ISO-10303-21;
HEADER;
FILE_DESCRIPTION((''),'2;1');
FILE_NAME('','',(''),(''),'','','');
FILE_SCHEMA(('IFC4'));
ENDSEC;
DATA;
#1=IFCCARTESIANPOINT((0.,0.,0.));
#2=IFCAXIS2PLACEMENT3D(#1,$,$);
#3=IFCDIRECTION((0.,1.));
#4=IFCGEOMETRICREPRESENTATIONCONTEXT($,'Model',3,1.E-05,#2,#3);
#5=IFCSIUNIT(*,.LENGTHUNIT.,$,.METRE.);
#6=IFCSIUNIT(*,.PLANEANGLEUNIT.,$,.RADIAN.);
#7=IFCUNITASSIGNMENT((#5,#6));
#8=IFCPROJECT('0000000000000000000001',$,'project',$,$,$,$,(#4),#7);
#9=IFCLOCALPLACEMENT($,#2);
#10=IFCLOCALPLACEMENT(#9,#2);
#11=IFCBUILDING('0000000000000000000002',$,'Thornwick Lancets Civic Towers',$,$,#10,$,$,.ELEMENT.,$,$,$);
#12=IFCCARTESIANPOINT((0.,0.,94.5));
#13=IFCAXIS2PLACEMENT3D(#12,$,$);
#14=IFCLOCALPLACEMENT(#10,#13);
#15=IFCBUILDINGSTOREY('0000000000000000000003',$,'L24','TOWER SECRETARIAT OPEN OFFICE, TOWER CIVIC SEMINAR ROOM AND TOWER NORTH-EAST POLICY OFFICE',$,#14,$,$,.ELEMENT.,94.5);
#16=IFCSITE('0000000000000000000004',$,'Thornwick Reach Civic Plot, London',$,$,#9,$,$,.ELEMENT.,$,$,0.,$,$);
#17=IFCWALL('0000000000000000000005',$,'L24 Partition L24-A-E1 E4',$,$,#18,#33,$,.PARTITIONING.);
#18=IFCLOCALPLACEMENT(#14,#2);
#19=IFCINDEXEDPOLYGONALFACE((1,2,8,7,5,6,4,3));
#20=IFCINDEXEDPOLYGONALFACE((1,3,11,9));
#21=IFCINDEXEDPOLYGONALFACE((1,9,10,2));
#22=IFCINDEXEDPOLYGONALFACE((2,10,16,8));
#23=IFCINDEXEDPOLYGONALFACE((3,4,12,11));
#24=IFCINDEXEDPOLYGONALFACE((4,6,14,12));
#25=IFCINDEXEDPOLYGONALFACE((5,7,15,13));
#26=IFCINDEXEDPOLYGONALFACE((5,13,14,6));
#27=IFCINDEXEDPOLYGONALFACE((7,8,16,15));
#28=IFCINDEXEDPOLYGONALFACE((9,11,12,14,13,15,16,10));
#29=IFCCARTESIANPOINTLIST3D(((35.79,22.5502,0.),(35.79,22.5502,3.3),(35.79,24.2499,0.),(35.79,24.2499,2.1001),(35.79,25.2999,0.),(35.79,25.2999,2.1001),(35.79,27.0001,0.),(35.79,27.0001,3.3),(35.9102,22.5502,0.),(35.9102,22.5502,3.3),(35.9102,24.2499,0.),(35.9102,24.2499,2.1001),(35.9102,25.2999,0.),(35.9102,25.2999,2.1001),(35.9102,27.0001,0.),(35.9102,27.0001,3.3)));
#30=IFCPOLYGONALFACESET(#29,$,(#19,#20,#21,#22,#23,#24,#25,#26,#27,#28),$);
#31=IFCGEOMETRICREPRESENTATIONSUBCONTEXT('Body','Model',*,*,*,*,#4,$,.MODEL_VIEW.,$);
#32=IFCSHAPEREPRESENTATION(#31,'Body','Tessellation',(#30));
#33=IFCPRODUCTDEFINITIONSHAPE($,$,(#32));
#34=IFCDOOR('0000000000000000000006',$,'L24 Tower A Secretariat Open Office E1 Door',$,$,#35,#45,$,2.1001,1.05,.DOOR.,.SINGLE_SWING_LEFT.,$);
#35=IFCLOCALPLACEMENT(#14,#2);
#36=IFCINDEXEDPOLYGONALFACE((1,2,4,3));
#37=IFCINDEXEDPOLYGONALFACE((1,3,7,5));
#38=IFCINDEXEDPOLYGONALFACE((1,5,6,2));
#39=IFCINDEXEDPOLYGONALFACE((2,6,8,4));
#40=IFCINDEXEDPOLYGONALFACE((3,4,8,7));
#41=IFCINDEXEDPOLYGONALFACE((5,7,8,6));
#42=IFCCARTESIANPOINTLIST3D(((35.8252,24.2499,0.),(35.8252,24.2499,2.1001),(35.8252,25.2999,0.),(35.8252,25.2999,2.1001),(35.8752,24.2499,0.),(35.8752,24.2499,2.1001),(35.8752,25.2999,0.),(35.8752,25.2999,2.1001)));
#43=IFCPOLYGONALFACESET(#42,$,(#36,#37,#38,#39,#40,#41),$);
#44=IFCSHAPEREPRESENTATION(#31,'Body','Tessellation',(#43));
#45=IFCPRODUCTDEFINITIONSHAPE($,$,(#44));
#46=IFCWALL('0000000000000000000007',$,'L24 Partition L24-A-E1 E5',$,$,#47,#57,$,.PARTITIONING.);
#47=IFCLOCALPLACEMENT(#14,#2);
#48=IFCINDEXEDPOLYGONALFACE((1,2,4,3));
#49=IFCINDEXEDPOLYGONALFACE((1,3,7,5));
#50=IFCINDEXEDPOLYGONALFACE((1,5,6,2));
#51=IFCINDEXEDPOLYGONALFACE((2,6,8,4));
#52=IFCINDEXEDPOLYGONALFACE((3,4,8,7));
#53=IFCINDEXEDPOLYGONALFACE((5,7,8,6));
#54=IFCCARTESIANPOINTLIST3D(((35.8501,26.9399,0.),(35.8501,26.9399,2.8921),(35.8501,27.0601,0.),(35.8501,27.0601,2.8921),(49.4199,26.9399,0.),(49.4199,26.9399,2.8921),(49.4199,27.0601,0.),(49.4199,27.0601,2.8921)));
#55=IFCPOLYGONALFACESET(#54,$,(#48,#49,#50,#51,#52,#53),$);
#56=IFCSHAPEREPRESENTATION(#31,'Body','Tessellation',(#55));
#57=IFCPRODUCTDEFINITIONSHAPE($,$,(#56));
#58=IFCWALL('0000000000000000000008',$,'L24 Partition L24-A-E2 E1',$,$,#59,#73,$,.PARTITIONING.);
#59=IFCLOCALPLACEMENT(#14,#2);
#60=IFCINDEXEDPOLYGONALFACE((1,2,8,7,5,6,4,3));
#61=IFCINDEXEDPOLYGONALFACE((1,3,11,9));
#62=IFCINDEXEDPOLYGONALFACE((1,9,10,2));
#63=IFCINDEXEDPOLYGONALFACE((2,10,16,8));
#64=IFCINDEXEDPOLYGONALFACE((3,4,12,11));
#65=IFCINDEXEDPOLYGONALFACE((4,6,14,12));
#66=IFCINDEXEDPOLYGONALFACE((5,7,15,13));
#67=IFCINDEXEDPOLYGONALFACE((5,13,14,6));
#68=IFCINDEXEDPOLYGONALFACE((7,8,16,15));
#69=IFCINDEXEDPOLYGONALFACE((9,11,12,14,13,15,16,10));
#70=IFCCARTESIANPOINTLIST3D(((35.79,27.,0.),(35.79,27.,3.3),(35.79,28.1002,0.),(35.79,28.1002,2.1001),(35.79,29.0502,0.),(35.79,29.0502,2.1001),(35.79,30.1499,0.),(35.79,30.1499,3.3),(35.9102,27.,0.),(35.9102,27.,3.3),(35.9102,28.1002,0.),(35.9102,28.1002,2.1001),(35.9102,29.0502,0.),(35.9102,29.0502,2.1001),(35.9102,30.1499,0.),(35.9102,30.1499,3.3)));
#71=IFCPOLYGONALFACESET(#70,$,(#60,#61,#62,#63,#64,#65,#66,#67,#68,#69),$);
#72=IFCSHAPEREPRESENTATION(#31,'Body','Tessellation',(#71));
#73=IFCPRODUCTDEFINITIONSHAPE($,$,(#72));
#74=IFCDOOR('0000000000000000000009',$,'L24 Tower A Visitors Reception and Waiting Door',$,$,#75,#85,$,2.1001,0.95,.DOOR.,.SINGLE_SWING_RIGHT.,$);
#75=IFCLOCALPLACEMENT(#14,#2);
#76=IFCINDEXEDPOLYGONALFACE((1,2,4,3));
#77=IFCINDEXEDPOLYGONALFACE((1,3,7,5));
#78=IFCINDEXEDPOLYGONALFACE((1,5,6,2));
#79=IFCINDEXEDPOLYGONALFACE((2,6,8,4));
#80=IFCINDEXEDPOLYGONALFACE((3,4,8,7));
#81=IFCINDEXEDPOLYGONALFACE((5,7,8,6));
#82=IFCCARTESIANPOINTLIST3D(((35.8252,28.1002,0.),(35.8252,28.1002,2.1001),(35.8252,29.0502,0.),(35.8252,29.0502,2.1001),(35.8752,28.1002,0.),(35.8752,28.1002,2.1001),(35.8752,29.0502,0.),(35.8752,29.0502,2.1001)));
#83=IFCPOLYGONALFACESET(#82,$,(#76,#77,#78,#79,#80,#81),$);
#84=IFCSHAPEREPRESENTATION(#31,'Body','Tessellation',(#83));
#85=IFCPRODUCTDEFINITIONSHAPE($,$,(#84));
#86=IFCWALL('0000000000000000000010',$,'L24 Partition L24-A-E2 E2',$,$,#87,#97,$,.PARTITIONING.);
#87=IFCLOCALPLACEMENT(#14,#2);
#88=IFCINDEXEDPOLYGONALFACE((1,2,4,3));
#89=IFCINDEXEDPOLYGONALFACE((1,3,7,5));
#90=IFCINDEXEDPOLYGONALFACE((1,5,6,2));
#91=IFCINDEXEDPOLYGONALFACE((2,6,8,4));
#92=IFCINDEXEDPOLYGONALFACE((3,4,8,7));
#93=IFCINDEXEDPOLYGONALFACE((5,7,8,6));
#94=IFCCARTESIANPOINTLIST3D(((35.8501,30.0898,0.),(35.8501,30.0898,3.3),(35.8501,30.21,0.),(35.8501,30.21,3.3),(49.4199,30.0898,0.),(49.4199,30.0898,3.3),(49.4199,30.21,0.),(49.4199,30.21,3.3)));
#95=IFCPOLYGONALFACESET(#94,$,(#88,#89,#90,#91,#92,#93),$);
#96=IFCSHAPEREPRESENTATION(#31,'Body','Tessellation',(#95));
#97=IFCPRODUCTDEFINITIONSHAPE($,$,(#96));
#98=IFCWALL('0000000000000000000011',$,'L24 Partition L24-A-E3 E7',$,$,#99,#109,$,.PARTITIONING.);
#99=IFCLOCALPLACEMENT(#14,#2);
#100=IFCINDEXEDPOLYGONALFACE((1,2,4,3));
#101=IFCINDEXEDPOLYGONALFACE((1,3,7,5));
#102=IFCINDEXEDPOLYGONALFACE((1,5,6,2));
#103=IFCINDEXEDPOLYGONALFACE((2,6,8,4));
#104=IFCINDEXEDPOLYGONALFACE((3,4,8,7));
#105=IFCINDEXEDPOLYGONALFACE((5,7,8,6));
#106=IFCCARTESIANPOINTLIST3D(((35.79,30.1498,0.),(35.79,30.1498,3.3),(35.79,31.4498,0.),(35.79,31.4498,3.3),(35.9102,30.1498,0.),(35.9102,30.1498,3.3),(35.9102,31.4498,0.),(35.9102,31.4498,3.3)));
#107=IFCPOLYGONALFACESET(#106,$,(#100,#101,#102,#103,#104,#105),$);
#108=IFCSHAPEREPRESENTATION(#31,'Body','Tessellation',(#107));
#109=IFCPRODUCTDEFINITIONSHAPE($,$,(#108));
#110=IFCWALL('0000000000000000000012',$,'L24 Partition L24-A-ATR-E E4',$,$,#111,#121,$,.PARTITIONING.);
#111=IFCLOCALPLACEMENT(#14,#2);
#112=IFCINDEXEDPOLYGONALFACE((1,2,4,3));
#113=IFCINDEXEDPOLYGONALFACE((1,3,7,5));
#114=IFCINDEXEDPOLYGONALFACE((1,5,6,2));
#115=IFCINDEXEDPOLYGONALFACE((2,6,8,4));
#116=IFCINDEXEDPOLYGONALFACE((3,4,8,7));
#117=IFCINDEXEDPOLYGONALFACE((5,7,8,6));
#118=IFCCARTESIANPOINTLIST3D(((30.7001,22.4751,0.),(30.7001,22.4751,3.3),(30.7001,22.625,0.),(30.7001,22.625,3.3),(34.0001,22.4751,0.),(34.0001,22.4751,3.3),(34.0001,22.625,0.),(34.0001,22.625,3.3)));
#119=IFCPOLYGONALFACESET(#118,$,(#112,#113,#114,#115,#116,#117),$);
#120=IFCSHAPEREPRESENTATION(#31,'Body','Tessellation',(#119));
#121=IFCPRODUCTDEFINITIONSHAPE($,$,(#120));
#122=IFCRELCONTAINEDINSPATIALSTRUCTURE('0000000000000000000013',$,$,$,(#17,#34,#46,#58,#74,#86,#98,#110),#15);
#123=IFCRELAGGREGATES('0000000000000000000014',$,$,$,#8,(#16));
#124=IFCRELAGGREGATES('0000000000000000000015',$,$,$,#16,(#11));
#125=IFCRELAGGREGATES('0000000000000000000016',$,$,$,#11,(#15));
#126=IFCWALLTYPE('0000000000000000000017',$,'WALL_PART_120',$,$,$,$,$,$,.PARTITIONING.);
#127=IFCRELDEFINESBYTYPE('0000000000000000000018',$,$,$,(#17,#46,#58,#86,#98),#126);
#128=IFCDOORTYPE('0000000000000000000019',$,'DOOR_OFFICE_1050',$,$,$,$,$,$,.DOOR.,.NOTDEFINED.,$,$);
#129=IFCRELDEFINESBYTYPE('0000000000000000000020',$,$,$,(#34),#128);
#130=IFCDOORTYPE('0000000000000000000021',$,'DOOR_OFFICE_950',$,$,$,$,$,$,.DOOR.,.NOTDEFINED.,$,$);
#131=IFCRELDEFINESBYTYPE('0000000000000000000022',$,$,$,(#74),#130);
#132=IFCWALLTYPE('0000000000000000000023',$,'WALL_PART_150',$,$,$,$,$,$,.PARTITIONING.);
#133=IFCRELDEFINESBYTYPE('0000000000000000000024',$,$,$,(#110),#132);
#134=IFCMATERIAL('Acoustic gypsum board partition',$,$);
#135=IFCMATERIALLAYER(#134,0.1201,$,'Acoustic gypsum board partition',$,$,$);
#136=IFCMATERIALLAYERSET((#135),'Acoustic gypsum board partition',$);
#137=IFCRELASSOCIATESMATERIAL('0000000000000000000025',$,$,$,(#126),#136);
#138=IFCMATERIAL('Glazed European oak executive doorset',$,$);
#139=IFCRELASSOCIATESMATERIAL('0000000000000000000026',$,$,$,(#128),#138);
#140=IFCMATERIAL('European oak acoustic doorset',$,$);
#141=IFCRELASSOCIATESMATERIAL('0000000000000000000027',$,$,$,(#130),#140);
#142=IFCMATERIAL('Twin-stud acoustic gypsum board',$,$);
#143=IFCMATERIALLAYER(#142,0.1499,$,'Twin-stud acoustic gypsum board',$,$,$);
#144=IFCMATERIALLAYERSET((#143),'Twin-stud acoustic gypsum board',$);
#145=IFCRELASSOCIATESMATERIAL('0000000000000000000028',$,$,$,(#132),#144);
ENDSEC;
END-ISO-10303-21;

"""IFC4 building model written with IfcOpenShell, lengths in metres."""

from ifc_helpers import new_model, si_unit, direction, frame, frame_2d, origin, place, context, subcontext, project, spatial, rectangle, extrude, material, layer, layer_set, type_object, element, fill, save


model = new_model("IFC4")

# Units and contexts
model_context = context("Model", 3, precision=1e-05, world=origin(), true_north=direction((0.0, 1.0)))
body_context = subcontext(model_context, "Body", "Model", "MODEL_VIEW")
ifc_project = project(units=[si_unit("LENGTHUNIT", "METRE"), si_unit("PLANEANGLEUNIT", "RADIAN")], contexts=[model_context])

# Site, building, storey
site_placement = place(None, origin())
site = spatial("IfcSite", under=ifc_project, at=site_placement, Name="Thornwick Reach Civic Plot, London", CompositionType="ELEMENT", RefElevation=0.0)
building_placement = place(site_placement, origin())
building = spatial("IfcBuilding", under=site, at=building_placement, Name="Thornwick Lancets Civic Towers", CompositionType="ELEMENT")
storey_placement = place(building_placement, frame((0.0, 0.0, 94.5)))
storey = spatial("IfcBuildingStorey", under=building, at=storey_placement, Name="L24", Description="TOWER SECRETARIAT OPEN OFFICE, TOWER CIVIC SEMINAR ROOM AND TOWER NORTH-EAST POLICY OFFICE", CompositionType="ELEMENT", Elevation=94.5)

# Shared definitions
ifc_material_1 = material(Name="Acoustic gypsum board partition")
ifc_layer_1 = layer(ifc_material_1, 0.1201, Name="Acoustic gypsum board partition")
ifc_layer_set_1 = layer_set([ifc_layer_1], Name="Acoustic gypsum board partition")
wall_type_1 = type_object("IfcWallType", Name="WALL_PART_120", PredefinedType="PARTITIONING", material=ifc_layer_set_1)

# Wall, opening, door
wall_1_placement = place(storey_placement, frame((35.8501, 22.55, 0.0), z_axis=(0.0, 0.0, 1.0), x_axis=(0.0, 1.0, 0.0)))
wall_1 = element("IfcWall", 1, at=wall_1_placement, inside=storey, type_object=wall_type_1, Name="L24 Partition L24-A-E1 E4", PredefinedType="PARTITIONING", context=body_context, shape_type="SweptSolid", body=[
    extrude(rectangle(XDim=4.45, YDim=0.1201, at=frame_2d((2.2251, 0.0))), origin(), (0.0, 0.0, 1.0), 3.3),
])
opening_1_placement = place(wall_1_placement, frame((1.7, 0.0, 0.0)))
opening_1 = element("IfcOpeningElement", 2, at=opening_1_placement, cuts=wall_1, PredefinedType="OPENING", context=body_context, shape_type="SweptSolid", body=[
    extrude(rectangle(XDim=1.05, YDim=2.1001, at=frame_2d((0.5249, 1.05))), frame((0.0, 0.0701, 0.0), z_axis=(0.0, -1.0, 0.0), x_axis=(1.0, 0.0, 0.0)), (0.0, 0.0, 1.0), 0.1401),
])
ifc_material_2 = material(Name="Glazed European oak executive doorset")
door_type_1 = type_object("IfcDoorType", Name="DOOR_OFFICE_1050", OperationType="NOTDEFINED", PredefinedType="DOOR", material=ifc_material_2)
door_1_placement = place(opening_1_placement, origin())
door_1 = element("IfcDoor", 3, at=door_1_placement, inside=storey, type_object=door_type_1, Name="L24 Tower A Secretariat Open Office E1 Door", OperationType="SINGLE_SWING_LEFT", OverallHeight=2.1001, OverallWidth=1.05, PredefinedType="DOOR", context=body_context, shape_type="SweptSolid", body=[
    extrude(rectangle(XDim=1.05, YDim=2.1001, at=frame_2d((0.5249, 1.05))), frame((0.0, 0.0249, 0.0), z_axis=(0.0, -1.0, 0.0), x_axis=(1.0, 0.0, 0.0)), (0.0, 0.0, 1.0), 0.05),
])
fill(opening_1, door_1)

# Wall
wall_2_placement = place(storey_placement, frame((35.8501, 27.0, 0.0), z_axis=(0.0, 0.0, 1.0), x_axis=(1.0, 0.0, 0.0)))
element("IfcWall", 4, at=wall_2_placement, inside=storey, type_object=wall_type_1, Name="L24 Partition L24-A-E1 E5", PredefinedType="PARTITIONING", context=body_context, shape_type="SweptSolid", body=[
    extrude(rectangle(XDim=13.5698, YDim=0.1201, at=frame_2d((6.7849, 0.0))), origin(), (0.0, 0.0, 1.0), 2.8921),
])

# Wall, opening, door
wall_3_placement = place(storey_placement, frame((35.8501, 27.0, 0.0), z_axis=(0.0, 0.0, 1.0), x_axis=(0.0, 1.0, 0.0)))
wall_3 = element("IfcWall", 5, at=wall_3_placement, inside=storey, type_object=wall_type_1, Name="L24 Partition L24-A-E2 E1", PredefinedType="PARTITIONING", context=body_context, shape_type="SweptSolid", body=[
    extrude(rectangle(XDim=3.1499, YDim=0.1201, at=frame_2d((1.575, 0.0))), origin(), (0.0, 0.0, 1.0), 3.3),
])
opening_2_placement = place(wall_3_placement, frame((1.1001, 0.0, 0.0)))
opening_2 = element("IfcOpeningElement", 6, at=opening_2_placement, cuts=wall_3, PredefinedType="OPENING", context=body_context, shape_type="SweptSolid", body=[
    extrude(rectangle(XDim=0.95, YDim=2.1001, at=frame_2d((0.4751, 1.05))), frame((0.0, 0.0701, 0.0), z_axis=(0.0, -1.0, 0.0), x_axis=(1.0, 0.0, 0.0)), (0.0, 0.0, 1.0), 0.1401),
])
ifc_material_3 = material(Name="European oak acoustic doorset")
door_type_2 = type_object("IfcDoorType", Name="DOOR_OFFICE_950", OperationType="NOTDEFINED", PredefinedType="DOOR", material=ifc_material_3)
door_2_placement = place(opening_2_placement, origin())
door_2 = element("IfcDoor", 7, at=door_2_placement, inside=storey, type_object=door_type_2, Name="L24 Tower A Visitors Reception and Waiting Door", OperationType="SINGLE_SWING_RIGHT", OverallHeight=2.1001, OverallWidth=0.95, PredefinedType="DOOR", context=body_context, shape_type="SweptSolid", body=[
    extrude(rectangle(XDim=0.95, YDim=2.1001, at=frame_2d((0.4751, 1.05))), frame((0.0, 0.0249, 0.0), z_axis=(0.0, -1.0, 0.0), x_axis=(1.0, 0.0, 0.0)), (0.0, 0.0, 1.0), 0.05),
])
fill(opening_2, door_2)

# Walls
wall_4_placement = place(storey_placement, frame((35.8501, 30.1499, 0.0), z_axis=(0.0, 0.0, 1.0), x_axis=(1.0, 0.0, 0.0)))
element("IfcWall", 8, at=wall_4_placement, inside=storey, type_object=wall_type_1, Name="L24 Partition L24-A-E2 E2", PredefinedType="PARTITIONING", context=body_context, shape_type="SweptSolid", body=[
    extrude(rectangle(XDim=13.5698, YDim=0.1201, at=frame_2d((6.7849, 0.0))), origin(), (0.0, 0.0, 1.0), 3.3),
])
wall_5_placement = place(storey_placement, frame((35.8501, 30.1499, 0.0), z_axis=(0.0, 0.0, 1.0), x_axis=(0.0, 1.0, 0.0)))
element("IfcWall", 9, at=wall_5_placement, inside=storey, type_object=wall_type_1, Name="L24 Partition L24-A-E3 E7", PredefinedType="PARTITIONING", context=body_context, shape_type="SweptSolid", body=[
    extrude(rectangle(XDim=1.3, YDim=0.1201, at=frame_2d((0.6499, 0.0))), origin(), (0.0, 0.0, 1.0), 3.3),
])
ifc_material_4 = material(Name="Twin-stud acoustic gypsum board")
ifc_layer_2 = layer(ifc_material_4, 0.1499, Name="Twin-stud acoustic gypsum board")
ifc_layer_set_2 = layer_set([ifc_layer_2], Name="Twin-stud acoustic gypsum board")
wall_type_2 = type_object("IfcWallType", Name="WALL_PART_150", PredefinedType="PARTITIONING", material=ifc_layer_set_2)
wall_6_placement = place(storey_placement, frame((34.0, 22.55, 0.0), z_axis=(0.0, 0.0, 1.0), x_axis=(-1.0, 0.0, 0.0)))
element("IfcWall", 10, at=wall_6_placement, inside=storey, type_object=wall_type_2, Name="L24 Partition L24-A-ATR-E E4", PredefinedType="PARTITIONING", context=body_context, shape_type="SweptSolid", body=[
    extrude(rectangle(XDim=3.3, YDim=0.1499, at=frame_2d((1.6499, 0.0))), origin(), (0.0, 0.0, 1.0), 3.3),
])

save(model, "model.ifc")
